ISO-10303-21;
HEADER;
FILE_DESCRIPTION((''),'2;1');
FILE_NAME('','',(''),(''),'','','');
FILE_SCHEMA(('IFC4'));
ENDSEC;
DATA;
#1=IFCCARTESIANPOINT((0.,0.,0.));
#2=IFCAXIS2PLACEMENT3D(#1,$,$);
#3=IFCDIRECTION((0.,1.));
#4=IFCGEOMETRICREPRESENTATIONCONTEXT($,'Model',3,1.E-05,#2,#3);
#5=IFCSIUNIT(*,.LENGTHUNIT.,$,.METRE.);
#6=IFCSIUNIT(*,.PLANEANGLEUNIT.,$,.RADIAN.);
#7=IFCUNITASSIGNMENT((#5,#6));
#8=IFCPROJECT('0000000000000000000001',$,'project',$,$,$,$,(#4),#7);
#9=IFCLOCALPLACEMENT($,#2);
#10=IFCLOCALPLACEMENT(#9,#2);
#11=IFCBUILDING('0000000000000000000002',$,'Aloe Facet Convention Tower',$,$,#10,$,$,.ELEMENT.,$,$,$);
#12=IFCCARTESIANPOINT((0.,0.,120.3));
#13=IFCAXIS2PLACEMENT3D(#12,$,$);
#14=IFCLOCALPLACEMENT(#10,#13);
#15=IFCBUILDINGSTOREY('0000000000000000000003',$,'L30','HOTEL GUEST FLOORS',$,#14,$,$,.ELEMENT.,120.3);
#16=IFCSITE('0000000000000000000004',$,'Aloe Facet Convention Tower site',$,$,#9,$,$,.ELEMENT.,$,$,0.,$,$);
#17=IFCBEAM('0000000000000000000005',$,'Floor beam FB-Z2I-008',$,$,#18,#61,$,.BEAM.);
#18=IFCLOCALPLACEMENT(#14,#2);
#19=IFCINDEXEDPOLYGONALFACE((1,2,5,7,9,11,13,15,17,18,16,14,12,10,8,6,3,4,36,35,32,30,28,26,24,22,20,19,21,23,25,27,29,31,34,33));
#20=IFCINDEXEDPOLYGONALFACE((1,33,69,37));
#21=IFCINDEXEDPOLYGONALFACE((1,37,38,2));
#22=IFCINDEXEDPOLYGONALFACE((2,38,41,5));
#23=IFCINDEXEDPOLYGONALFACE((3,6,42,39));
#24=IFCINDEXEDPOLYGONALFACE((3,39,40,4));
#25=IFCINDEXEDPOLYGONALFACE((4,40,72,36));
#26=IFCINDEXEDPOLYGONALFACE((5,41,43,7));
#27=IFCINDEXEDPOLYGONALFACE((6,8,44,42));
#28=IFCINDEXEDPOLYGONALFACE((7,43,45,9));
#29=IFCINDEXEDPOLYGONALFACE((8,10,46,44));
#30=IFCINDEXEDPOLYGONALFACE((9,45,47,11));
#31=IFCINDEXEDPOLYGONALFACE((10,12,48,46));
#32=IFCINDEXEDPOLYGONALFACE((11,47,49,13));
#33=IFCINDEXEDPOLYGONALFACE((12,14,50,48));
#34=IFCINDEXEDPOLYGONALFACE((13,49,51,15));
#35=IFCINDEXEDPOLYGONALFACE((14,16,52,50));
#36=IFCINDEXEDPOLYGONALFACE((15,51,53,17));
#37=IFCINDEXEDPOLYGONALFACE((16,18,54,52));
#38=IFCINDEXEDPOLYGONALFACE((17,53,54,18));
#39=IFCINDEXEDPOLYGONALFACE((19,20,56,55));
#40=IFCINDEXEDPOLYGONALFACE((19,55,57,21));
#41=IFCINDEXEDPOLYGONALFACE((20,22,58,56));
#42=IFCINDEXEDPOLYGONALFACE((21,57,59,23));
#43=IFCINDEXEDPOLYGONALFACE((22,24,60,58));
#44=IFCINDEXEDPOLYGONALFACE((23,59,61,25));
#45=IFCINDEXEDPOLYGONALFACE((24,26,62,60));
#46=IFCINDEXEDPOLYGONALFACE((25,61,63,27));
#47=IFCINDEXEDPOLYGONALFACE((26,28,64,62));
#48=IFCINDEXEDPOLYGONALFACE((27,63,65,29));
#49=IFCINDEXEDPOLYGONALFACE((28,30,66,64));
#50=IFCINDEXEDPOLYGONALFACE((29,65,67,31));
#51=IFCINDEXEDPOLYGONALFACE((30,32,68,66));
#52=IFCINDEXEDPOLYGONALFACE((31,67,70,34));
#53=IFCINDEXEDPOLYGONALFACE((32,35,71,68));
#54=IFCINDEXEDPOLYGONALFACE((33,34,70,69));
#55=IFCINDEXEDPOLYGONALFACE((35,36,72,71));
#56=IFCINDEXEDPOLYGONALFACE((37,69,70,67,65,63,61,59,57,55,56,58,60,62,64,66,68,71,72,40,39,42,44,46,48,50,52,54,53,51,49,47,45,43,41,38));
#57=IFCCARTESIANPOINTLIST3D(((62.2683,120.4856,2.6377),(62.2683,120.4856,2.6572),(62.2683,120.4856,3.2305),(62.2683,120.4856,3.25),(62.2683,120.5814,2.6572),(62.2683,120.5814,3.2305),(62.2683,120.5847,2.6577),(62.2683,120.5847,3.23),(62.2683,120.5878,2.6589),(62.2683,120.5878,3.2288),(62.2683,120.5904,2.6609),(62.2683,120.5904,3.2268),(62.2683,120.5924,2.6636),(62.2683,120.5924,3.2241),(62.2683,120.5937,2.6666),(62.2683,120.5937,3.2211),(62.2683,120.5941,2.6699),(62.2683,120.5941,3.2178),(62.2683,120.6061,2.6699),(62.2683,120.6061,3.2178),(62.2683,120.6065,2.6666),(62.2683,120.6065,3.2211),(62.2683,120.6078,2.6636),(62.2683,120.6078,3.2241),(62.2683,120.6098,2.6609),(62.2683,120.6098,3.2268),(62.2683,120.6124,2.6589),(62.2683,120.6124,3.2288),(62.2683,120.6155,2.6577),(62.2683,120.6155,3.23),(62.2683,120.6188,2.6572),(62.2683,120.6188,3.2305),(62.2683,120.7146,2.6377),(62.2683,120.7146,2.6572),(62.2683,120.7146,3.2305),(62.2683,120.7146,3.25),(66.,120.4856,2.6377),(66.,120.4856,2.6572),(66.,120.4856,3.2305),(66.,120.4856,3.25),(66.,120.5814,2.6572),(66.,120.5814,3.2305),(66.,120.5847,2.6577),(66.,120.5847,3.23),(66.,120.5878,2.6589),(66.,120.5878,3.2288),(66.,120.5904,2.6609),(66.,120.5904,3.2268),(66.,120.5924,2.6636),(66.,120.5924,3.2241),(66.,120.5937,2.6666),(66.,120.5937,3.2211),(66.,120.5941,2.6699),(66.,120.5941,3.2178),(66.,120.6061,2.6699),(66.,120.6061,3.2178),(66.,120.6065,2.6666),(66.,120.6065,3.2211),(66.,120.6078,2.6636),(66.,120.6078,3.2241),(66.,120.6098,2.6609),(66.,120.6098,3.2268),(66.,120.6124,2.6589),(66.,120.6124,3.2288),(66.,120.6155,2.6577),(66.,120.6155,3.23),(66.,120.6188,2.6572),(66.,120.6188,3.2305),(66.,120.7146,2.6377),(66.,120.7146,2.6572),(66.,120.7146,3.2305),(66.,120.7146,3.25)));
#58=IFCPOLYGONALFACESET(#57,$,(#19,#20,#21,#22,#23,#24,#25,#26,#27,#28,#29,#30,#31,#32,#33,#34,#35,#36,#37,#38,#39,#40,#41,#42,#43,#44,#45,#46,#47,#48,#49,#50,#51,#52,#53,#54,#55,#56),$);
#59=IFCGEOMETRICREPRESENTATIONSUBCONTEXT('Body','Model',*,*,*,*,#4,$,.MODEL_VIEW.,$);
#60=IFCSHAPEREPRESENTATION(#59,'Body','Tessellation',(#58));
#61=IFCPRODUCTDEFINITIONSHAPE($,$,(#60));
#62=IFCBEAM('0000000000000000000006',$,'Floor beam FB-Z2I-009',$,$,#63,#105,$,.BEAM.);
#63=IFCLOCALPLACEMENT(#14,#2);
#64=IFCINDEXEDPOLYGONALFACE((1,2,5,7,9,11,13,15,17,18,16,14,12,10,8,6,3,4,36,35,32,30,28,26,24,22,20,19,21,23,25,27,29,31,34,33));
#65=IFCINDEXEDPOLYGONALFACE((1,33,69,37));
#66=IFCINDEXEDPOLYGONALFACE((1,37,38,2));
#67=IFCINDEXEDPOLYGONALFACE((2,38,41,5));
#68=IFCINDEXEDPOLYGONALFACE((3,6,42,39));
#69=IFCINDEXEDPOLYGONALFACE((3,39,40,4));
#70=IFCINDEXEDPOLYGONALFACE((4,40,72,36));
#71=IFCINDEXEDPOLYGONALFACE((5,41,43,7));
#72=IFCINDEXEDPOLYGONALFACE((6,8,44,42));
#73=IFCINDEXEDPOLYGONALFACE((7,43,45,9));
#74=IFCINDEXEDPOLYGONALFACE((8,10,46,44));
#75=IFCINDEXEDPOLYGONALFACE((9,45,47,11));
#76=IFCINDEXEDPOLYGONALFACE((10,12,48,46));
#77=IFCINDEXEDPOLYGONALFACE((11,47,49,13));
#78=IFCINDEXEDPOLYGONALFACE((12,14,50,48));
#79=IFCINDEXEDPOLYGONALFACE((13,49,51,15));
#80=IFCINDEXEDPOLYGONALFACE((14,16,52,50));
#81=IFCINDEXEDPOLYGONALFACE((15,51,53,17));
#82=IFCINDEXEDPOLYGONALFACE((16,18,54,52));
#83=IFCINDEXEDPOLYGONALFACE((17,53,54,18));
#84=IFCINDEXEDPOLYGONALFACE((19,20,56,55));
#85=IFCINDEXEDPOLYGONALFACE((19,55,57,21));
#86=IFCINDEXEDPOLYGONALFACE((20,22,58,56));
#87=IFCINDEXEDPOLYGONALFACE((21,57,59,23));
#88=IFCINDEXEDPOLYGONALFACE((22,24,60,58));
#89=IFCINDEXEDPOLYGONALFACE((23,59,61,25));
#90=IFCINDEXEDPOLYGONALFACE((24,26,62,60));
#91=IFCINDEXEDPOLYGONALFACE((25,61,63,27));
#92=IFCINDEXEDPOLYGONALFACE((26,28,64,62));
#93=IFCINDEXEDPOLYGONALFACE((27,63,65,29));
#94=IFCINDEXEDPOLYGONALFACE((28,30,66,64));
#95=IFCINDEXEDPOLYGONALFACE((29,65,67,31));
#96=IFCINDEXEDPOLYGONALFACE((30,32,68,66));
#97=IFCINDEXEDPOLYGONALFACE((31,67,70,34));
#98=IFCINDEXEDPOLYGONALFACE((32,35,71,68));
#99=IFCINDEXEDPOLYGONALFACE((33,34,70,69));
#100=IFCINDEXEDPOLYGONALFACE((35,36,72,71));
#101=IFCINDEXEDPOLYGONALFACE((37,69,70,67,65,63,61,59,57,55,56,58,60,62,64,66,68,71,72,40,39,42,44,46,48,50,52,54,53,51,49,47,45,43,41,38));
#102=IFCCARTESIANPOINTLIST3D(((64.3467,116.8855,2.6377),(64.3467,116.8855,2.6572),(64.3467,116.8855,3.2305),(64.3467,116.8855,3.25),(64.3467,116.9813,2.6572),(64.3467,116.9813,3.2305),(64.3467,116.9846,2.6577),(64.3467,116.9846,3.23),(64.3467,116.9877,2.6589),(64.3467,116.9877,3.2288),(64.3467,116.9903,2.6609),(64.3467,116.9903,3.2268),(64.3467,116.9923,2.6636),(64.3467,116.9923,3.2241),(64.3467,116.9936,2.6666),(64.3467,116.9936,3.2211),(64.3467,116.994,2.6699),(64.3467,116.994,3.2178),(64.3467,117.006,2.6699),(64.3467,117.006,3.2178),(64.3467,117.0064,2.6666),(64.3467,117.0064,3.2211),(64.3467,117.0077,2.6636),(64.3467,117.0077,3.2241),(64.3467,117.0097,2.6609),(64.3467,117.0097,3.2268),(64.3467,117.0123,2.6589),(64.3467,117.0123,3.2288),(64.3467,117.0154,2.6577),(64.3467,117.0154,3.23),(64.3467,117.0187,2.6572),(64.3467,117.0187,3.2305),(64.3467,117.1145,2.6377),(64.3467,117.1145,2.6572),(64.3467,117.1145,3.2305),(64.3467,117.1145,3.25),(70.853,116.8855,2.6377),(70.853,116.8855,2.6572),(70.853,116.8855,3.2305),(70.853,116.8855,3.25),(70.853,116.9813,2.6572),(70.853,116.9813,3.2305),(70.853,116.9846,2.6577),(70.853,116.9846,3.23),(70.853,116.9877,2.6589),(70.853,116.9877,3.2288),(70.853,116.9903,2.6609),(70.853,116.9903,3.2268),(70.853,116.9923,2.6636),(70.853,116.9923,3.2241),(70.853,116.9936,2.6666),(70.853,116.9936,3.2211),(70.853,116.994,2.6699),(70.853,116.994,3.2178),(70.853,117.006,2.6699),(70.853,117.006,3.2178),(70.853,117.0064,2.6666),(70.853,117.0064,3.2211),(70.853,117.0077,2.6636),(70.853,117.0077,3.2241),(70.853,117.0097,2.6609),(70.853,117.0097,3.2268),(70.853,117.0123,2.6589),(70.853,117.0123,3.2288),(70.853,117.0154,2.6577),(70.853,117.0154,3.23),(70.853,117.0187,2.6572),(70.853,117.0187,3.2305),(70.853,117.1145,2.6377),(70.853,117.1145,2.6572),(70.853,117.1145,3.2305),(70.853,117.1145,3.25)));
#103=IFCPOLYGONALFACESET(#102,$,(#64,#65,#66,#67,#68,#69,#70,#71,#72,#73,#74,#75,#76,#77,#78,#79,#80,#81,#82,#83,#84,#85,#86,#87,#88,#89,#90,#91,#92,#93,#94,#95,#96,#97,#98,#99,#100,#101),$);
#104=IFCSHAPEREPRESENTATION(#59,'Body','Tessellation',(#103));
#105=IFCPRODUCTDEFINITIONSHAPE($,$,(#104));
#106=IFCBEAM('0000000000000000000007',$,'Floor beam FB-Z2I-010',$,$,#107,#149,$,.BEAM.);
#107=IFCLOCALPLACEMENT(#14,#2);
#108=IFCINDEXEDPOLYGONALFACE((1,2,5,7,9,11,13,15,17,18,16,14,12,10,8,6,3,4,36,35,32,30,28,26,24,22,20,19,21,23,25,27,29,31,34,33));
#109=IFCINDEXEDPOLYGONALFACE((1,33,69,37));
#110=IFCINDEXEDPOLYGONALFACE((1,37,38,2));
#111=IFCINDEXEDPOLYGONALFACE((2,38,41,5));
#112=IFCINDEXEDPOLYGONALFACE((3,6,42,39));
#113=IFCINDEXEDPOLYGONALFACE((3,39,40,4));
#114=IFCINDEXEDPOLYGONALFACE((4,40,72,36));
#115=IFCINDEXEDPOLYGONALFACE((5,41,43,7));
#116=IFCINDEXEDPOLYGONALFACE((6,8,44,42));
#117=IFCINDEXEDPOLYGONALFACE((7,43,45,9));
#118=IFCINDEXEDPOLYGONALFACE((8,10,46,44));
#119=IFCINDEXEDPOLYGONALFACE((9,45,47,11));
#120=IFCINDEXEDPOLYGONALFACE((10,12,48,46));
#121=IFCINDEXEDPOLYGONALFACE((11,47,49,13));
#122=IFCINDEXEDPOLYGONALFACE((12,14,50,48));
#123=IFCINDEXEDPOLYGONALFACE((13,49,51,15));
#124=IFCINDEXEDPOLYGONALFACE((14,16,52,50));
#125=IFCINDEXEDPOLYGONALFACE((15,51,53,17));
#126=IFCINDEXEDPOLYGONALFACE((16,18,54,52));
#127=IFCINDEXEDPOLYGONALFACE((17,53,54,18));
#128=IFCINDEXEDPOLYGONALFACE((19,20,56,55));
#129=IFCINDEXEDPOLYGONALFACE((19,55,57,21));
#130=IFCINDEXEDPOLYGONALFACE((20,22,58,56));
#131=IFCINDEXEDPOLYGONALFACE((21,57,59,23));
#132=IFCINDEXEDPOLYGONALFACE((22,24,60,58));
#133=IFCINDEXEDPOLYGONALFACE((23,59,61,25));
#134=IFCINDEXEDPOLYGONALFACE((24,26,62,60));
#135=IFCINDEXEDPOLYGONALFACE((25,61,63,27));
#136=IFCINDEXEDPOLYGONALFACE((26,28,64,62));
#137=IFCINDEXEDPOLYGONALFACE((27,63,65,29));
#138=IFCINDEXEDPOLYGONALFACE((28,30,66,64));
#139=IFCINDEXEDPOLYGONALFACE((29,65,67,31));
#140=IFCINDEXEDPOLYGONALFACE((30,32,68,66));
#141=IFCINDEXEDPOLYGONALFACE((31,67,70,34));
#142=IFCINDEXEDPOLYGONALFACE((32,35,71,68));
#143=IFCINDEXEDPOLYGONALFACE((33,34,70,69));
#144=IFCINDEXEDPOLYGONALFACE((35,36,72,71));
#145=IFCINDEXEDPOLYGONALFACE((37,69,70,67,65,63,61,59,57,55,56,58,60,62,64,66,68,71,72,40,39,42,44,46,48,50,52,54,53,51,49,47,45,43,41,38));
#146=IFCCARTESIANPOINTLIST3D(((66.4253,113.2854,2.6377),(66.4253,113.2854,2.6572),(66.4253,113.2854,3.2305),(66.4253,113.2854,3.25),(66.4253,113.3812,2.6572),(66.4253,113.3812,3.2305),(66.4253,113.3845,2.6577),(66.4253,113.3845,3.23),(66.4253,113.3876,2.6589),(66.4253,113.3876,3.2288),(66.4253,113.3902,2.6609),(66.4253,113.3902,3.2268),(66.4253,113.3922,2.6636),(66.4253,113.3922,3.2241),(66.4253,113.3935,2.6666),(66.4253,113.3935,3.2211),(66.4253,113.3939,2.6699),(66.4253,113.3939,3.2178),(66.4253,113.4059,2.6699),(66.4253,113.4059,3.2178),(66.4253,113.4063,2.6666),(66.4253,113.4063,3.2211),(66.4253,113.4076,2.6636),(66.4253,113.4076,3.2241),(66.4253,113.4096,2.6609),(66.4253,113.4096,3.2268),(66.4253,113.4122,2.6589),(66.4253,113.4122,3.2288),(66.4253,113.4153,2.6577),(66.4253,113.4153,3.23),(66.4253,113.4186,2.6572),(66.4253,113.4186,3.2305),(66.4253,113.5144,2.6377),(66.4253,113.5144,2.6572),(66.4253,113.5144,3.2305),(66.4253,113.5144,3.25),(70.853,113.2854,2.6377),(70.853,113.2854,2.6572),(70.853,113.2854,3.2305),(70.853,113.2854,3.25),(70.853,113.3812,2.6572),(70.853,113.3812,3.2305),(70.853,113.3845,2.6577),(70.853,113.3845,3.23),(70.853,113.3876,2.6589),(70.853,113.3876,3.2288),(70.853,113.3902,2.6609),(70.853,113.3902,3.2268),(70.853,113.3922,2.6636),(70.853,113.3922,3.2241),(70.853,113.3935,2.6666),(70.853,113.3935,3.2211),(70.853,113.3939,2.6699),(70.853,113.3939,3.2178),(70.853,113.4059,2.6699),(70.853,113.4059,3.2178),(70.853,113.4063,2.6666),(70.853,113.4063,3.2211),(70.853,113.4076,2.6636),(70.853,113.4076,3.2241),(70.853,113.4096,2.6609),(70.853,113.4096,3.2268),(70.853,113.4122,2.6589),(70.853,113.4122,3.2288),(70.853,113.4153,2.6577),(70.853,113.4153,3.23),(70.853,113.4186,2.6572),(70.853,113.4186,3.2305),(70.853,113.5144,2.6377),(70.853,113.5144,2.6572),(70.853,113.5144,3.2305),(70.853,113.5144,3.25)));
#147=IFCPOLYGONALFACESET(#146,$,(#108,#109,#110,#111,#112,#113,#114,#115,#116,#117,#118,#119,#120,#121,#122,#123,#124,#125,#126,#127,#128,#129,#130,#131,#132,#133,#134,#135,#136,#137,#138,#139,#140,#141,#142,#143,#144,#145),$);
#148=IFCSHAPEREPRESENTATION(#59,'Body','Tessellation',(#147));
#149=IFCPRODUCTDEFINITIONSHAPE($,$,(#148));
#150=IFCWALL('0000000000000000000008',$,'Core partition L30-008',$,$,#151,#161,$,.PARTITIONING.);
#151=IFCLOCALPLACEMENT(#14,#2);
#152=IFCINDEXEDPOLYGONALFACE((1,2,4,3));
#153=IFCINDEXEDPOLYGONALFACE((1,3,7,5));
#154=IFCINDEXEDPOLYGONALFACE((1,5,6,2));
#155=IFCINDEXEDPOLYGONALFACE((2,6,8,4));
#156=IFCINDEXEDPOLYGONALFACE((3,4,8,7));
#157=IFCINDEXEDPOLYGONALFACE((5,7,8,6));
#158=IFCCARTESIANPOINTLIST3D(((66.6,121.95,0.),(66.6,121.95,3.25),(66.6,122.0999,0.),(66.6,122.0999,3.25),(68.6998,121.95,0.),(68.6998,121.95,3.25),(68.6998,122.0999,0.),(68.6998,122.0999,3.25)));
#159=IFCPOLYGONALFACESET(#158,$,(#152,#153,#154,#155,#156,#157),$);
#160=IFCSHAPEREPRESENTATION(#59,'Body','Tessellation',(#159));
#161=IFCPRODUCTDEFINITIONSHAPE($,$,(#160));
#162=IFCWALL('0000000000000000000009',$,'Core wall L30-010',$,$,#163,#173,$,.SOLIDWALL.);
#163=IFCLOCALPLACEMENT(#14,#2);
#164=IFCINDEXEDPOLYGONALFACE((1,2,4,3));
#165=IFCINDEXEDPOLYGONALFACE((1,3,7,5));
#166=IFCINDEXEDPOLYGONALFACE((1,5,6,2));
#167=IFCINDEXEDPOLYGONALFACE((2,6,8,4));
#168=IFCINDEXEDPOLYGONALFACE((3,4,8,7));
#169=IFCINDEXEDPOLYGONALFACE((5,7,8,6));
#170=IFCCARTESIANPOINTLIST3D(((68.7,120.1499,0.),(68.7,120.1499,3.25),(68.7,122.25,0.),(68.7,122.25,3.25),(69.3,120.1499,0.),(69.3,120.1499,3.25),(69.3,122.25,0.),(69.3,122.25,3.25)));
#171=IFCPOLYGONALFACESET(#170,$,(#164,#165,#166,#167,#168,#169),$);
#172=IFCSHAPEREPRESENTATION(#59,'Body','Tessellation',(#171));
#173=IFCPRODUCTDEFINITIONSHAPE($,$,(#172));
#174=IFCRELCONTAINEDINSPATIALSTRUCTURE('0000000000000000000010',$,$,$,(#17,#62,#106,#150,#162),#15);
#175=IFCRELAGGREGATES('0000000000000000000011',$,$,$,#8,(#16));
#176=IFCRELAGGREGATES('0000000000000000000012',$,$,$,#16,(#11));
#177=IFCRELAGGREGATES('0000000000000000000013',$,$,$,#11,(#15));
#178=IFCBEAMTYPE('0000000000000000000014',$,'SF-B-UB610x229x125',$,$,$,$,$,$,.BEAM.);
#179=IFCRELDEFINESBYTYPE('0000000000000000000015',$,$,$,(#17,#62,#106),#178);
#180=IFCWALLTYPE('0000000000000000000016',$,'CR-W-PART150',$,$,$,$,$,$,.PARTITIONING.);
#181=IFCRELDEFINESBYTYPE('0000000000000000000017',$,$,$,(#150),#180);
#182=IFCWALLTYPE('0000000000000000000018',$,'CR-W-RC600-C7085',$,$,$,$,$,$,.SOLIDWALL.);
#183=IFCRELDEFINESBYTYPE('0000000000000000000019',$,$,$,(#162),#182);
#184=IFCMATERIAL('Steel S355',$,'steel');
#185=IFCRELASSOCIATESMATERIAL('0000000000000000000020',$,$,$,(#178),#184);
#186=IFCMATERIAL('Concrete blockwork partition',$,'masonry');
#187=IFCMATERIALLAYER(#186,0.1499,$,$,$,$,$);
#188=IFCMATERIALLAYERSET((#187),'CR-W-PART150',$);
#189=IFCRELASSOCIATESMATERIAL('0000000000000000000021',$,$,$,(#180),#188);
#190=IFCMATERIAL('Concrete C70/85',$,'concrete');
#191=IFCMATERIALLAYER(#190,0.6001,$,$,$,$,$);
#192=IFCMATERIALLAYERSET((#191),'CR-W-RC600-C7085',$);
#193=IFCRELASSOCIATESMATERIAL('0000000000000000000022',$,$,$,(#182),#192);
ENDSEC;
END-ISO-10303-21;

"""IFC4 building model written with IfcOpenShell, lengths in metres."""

from ifc_helpers import new_model, si_unit, direction, frame, frame_2d, origin, origin_2d, place, context, subcontext, project, spatial, rectangle, i_section, extrude, material, layer, layer_set, material_profile, profile_set, type_object, element, save


model = new_model("IFC4")

# Units and contexts
model_context = context("Model", 3, precision=1e-05, world=origin(), true_north=direction((0.0, 1.0)))
body_context = subcontext(model_context, "Body", "Model", "MODEL_VIEW")
ifc_project = project(units=[si_unit("LENGTHUNIT", "METRE"), si_unit("PLANEANGLEUNIT", "RADIAN")], contexts=[model_context])

# Site, building, storey
site_placement = place(None, origin())
site = spatial("IfcSite", under=ifc_project, at=site_placement, Name="Aloe Facet Convention Tower site", CompositionType="ELEMENT", RefElevation=0.0)
building_placement = place(site_placement, origin())
building = spatial("IfcBuilding", under=site, at=building_placement, Name="Aloe Facet Convention Tower", CompositionType="ELEMENT")
storey_placement = place(building_placement, frame((0.0, 0.0, 120.3)))
storey = spatial("IfcBuildingStorey", under=building, at=storey_placement, Name="L30", Description="HOTEL GUEST FLOORS", CompositionType="ELEMENT", Elevation=120.3)

# Beams
ifc_material_1 = material(Name="Steel S355", Category="steel")
ifc_material_profile = material_profile(ifc_material_1, i_section(OverallWidth=0.229, OverallDepth=0.6123, WebThickness=0.012, FlangeThickness=0.0195, FilletRadius=0.0127, at=origin_2d()), Name="UB 610x229x125")
ifc_profile_set = profile_set([ifc_material_profile], Name="Steel S355")
beam_type = type_object("IfcBeamType", Name="SF-B-UB610x229x125", PredefinedType="BEAM", material=ifc_profile_set)
beam_1_placement = place(storey_placement, frame((62.2683, 120.6001, 2.9438), z_axis=(1.0, 0.0, 0.0), x_axis=(0.0, 1.0, 0.0)))
element("IfcBeam", 1, at=beam_1_placement, inside=storey, type_object=beam_type, Name="Floor beam FB-Z2I-008", PredefinedType="BEAM", context=body_context, shape_type="SweptSolid", body=[
    extrude(i_section(OverallWidth=0.229, OverallDepth=0.6123, WebThickness=0.012, FlangeThickness=0.0195, FilletRadius=0.0127, at=origin_2d()), origin(), (0.0, 0.0, 1.0), 3.7317),
])
beam_2_placement = place(storey_placement, frame((64.3467, 117.0, 2.9438), z_axis=(1.0, 0.0, 0.0), x_axis=(0.0, 1.0, 0.0)))
element("IfcBeam", 2, at=beam_2_placement, inside=storey, type_object=beam_type, Name="Floor beam FB-Z2I-009", PredefinedType="BEAM", context=body_context, shape_type="SweptSolid", body=[
    extrude(i_section(OverallWidth=0.229, OverallDepth=0.6123, WebThickness=0.012, FlangeThickness=0.0195, FilletRadius=0.0127, at=origin_2d()), origin(), (0.0, 0.0, 1.0), 6.5063),
])
beam_3_placement = place(storey_placement, frame((66.4253, 113.3999, 2.9438), z_axis=(1.0, 0.0, 0.0), x_axis=(0.0, 1.0, 0.0)))
element("IfcBeam", 3, at=beam_3_placement, inside=storey, type_object=beam_type, Name="Floor beam FB-Z2I-010", PredefinedType="BEAM", context=body_context, shape_type="SweptSolid", body=[
    extrude(i_section(OverallWidth=0.229, OverallDepth=0.6123, WebThickness=0.012, FlangeThickness=0.0195, FilletRadius=0.0127, at=origin_2d()), origin(), (0.0, 0.0, 1.0), 4.4277),
])

# Wall
ifc_material_2 = material(Name="Concrete blockwork partition", Category="masonry")
ifc_layer_1 = layer(ifc_material_2, 0.1499)
ifc_layer_set_1 = layer_set([ifc_layer_1], Name="CR-W-PART150")
wall_type_1 = type_object("IfcWallType", Name="CR-W-PART150", PredefinedType="PARTITIONING", material=ifc_layer_set_1)
wall_1_placement = place(storey_placement, frame((66.6001, 122.0249, 0.0), z_axis=(0.0, 0.0, 1.0), x_axis=(1.0, 0.0, 0.0)))
element("IfcWall", 4, at=wall_1_placement, inside=storey, type_object=wall_type_1, Name="Core partition L30-008", PredefinedType="PARTITIONING", context=body_context, shape_type="SweptSolid", body=[
    extrude(rectangle(XDim=2.0999, YDim=0.1499, at=frame_2d((1.0498, 0.0))), origin(), (0.0, 0.0, 1.0), 3.25),
])

# Shared definitions
ifc_material_3 = material(Name="Concrete C70/85", Category="concrete")
ifc_layer_2 = layer(ifc_material_3, 0.6001)
ifc_layer_set_2 = layer_set([ifc_layer_2], Name="CR-W-RC600-C7085")
wall_type_2 = type_object("IfcWallType", Name="CR-W-RC600-C7085", PredefinedType="SOLIDWALL", material=ifc_layer_set_2)

# Wall
wall_2_placement = place(storey_placement, frame((69.0, 122.25, 0.0), z_axis=(0.0, 0.0, 1.0), x_axis=(0.0, -1.0, 0.0)))
element("IfcWall", 5, at=wall_2_placement, inside=storey, type_object=wall_type_2, Name="Core wall L30-010", PredefinedType="SOLIDWALL", context=body_context, shape_type="SweptSolid", body=[
    extrude(rectangle(XDim=2.1001, YDim=0.6001, at=frame_2d((1.05, 0.0))), origin(), (0.0, 0.0, 1.0), 3.25),
])

save(model, "model.ifc")
